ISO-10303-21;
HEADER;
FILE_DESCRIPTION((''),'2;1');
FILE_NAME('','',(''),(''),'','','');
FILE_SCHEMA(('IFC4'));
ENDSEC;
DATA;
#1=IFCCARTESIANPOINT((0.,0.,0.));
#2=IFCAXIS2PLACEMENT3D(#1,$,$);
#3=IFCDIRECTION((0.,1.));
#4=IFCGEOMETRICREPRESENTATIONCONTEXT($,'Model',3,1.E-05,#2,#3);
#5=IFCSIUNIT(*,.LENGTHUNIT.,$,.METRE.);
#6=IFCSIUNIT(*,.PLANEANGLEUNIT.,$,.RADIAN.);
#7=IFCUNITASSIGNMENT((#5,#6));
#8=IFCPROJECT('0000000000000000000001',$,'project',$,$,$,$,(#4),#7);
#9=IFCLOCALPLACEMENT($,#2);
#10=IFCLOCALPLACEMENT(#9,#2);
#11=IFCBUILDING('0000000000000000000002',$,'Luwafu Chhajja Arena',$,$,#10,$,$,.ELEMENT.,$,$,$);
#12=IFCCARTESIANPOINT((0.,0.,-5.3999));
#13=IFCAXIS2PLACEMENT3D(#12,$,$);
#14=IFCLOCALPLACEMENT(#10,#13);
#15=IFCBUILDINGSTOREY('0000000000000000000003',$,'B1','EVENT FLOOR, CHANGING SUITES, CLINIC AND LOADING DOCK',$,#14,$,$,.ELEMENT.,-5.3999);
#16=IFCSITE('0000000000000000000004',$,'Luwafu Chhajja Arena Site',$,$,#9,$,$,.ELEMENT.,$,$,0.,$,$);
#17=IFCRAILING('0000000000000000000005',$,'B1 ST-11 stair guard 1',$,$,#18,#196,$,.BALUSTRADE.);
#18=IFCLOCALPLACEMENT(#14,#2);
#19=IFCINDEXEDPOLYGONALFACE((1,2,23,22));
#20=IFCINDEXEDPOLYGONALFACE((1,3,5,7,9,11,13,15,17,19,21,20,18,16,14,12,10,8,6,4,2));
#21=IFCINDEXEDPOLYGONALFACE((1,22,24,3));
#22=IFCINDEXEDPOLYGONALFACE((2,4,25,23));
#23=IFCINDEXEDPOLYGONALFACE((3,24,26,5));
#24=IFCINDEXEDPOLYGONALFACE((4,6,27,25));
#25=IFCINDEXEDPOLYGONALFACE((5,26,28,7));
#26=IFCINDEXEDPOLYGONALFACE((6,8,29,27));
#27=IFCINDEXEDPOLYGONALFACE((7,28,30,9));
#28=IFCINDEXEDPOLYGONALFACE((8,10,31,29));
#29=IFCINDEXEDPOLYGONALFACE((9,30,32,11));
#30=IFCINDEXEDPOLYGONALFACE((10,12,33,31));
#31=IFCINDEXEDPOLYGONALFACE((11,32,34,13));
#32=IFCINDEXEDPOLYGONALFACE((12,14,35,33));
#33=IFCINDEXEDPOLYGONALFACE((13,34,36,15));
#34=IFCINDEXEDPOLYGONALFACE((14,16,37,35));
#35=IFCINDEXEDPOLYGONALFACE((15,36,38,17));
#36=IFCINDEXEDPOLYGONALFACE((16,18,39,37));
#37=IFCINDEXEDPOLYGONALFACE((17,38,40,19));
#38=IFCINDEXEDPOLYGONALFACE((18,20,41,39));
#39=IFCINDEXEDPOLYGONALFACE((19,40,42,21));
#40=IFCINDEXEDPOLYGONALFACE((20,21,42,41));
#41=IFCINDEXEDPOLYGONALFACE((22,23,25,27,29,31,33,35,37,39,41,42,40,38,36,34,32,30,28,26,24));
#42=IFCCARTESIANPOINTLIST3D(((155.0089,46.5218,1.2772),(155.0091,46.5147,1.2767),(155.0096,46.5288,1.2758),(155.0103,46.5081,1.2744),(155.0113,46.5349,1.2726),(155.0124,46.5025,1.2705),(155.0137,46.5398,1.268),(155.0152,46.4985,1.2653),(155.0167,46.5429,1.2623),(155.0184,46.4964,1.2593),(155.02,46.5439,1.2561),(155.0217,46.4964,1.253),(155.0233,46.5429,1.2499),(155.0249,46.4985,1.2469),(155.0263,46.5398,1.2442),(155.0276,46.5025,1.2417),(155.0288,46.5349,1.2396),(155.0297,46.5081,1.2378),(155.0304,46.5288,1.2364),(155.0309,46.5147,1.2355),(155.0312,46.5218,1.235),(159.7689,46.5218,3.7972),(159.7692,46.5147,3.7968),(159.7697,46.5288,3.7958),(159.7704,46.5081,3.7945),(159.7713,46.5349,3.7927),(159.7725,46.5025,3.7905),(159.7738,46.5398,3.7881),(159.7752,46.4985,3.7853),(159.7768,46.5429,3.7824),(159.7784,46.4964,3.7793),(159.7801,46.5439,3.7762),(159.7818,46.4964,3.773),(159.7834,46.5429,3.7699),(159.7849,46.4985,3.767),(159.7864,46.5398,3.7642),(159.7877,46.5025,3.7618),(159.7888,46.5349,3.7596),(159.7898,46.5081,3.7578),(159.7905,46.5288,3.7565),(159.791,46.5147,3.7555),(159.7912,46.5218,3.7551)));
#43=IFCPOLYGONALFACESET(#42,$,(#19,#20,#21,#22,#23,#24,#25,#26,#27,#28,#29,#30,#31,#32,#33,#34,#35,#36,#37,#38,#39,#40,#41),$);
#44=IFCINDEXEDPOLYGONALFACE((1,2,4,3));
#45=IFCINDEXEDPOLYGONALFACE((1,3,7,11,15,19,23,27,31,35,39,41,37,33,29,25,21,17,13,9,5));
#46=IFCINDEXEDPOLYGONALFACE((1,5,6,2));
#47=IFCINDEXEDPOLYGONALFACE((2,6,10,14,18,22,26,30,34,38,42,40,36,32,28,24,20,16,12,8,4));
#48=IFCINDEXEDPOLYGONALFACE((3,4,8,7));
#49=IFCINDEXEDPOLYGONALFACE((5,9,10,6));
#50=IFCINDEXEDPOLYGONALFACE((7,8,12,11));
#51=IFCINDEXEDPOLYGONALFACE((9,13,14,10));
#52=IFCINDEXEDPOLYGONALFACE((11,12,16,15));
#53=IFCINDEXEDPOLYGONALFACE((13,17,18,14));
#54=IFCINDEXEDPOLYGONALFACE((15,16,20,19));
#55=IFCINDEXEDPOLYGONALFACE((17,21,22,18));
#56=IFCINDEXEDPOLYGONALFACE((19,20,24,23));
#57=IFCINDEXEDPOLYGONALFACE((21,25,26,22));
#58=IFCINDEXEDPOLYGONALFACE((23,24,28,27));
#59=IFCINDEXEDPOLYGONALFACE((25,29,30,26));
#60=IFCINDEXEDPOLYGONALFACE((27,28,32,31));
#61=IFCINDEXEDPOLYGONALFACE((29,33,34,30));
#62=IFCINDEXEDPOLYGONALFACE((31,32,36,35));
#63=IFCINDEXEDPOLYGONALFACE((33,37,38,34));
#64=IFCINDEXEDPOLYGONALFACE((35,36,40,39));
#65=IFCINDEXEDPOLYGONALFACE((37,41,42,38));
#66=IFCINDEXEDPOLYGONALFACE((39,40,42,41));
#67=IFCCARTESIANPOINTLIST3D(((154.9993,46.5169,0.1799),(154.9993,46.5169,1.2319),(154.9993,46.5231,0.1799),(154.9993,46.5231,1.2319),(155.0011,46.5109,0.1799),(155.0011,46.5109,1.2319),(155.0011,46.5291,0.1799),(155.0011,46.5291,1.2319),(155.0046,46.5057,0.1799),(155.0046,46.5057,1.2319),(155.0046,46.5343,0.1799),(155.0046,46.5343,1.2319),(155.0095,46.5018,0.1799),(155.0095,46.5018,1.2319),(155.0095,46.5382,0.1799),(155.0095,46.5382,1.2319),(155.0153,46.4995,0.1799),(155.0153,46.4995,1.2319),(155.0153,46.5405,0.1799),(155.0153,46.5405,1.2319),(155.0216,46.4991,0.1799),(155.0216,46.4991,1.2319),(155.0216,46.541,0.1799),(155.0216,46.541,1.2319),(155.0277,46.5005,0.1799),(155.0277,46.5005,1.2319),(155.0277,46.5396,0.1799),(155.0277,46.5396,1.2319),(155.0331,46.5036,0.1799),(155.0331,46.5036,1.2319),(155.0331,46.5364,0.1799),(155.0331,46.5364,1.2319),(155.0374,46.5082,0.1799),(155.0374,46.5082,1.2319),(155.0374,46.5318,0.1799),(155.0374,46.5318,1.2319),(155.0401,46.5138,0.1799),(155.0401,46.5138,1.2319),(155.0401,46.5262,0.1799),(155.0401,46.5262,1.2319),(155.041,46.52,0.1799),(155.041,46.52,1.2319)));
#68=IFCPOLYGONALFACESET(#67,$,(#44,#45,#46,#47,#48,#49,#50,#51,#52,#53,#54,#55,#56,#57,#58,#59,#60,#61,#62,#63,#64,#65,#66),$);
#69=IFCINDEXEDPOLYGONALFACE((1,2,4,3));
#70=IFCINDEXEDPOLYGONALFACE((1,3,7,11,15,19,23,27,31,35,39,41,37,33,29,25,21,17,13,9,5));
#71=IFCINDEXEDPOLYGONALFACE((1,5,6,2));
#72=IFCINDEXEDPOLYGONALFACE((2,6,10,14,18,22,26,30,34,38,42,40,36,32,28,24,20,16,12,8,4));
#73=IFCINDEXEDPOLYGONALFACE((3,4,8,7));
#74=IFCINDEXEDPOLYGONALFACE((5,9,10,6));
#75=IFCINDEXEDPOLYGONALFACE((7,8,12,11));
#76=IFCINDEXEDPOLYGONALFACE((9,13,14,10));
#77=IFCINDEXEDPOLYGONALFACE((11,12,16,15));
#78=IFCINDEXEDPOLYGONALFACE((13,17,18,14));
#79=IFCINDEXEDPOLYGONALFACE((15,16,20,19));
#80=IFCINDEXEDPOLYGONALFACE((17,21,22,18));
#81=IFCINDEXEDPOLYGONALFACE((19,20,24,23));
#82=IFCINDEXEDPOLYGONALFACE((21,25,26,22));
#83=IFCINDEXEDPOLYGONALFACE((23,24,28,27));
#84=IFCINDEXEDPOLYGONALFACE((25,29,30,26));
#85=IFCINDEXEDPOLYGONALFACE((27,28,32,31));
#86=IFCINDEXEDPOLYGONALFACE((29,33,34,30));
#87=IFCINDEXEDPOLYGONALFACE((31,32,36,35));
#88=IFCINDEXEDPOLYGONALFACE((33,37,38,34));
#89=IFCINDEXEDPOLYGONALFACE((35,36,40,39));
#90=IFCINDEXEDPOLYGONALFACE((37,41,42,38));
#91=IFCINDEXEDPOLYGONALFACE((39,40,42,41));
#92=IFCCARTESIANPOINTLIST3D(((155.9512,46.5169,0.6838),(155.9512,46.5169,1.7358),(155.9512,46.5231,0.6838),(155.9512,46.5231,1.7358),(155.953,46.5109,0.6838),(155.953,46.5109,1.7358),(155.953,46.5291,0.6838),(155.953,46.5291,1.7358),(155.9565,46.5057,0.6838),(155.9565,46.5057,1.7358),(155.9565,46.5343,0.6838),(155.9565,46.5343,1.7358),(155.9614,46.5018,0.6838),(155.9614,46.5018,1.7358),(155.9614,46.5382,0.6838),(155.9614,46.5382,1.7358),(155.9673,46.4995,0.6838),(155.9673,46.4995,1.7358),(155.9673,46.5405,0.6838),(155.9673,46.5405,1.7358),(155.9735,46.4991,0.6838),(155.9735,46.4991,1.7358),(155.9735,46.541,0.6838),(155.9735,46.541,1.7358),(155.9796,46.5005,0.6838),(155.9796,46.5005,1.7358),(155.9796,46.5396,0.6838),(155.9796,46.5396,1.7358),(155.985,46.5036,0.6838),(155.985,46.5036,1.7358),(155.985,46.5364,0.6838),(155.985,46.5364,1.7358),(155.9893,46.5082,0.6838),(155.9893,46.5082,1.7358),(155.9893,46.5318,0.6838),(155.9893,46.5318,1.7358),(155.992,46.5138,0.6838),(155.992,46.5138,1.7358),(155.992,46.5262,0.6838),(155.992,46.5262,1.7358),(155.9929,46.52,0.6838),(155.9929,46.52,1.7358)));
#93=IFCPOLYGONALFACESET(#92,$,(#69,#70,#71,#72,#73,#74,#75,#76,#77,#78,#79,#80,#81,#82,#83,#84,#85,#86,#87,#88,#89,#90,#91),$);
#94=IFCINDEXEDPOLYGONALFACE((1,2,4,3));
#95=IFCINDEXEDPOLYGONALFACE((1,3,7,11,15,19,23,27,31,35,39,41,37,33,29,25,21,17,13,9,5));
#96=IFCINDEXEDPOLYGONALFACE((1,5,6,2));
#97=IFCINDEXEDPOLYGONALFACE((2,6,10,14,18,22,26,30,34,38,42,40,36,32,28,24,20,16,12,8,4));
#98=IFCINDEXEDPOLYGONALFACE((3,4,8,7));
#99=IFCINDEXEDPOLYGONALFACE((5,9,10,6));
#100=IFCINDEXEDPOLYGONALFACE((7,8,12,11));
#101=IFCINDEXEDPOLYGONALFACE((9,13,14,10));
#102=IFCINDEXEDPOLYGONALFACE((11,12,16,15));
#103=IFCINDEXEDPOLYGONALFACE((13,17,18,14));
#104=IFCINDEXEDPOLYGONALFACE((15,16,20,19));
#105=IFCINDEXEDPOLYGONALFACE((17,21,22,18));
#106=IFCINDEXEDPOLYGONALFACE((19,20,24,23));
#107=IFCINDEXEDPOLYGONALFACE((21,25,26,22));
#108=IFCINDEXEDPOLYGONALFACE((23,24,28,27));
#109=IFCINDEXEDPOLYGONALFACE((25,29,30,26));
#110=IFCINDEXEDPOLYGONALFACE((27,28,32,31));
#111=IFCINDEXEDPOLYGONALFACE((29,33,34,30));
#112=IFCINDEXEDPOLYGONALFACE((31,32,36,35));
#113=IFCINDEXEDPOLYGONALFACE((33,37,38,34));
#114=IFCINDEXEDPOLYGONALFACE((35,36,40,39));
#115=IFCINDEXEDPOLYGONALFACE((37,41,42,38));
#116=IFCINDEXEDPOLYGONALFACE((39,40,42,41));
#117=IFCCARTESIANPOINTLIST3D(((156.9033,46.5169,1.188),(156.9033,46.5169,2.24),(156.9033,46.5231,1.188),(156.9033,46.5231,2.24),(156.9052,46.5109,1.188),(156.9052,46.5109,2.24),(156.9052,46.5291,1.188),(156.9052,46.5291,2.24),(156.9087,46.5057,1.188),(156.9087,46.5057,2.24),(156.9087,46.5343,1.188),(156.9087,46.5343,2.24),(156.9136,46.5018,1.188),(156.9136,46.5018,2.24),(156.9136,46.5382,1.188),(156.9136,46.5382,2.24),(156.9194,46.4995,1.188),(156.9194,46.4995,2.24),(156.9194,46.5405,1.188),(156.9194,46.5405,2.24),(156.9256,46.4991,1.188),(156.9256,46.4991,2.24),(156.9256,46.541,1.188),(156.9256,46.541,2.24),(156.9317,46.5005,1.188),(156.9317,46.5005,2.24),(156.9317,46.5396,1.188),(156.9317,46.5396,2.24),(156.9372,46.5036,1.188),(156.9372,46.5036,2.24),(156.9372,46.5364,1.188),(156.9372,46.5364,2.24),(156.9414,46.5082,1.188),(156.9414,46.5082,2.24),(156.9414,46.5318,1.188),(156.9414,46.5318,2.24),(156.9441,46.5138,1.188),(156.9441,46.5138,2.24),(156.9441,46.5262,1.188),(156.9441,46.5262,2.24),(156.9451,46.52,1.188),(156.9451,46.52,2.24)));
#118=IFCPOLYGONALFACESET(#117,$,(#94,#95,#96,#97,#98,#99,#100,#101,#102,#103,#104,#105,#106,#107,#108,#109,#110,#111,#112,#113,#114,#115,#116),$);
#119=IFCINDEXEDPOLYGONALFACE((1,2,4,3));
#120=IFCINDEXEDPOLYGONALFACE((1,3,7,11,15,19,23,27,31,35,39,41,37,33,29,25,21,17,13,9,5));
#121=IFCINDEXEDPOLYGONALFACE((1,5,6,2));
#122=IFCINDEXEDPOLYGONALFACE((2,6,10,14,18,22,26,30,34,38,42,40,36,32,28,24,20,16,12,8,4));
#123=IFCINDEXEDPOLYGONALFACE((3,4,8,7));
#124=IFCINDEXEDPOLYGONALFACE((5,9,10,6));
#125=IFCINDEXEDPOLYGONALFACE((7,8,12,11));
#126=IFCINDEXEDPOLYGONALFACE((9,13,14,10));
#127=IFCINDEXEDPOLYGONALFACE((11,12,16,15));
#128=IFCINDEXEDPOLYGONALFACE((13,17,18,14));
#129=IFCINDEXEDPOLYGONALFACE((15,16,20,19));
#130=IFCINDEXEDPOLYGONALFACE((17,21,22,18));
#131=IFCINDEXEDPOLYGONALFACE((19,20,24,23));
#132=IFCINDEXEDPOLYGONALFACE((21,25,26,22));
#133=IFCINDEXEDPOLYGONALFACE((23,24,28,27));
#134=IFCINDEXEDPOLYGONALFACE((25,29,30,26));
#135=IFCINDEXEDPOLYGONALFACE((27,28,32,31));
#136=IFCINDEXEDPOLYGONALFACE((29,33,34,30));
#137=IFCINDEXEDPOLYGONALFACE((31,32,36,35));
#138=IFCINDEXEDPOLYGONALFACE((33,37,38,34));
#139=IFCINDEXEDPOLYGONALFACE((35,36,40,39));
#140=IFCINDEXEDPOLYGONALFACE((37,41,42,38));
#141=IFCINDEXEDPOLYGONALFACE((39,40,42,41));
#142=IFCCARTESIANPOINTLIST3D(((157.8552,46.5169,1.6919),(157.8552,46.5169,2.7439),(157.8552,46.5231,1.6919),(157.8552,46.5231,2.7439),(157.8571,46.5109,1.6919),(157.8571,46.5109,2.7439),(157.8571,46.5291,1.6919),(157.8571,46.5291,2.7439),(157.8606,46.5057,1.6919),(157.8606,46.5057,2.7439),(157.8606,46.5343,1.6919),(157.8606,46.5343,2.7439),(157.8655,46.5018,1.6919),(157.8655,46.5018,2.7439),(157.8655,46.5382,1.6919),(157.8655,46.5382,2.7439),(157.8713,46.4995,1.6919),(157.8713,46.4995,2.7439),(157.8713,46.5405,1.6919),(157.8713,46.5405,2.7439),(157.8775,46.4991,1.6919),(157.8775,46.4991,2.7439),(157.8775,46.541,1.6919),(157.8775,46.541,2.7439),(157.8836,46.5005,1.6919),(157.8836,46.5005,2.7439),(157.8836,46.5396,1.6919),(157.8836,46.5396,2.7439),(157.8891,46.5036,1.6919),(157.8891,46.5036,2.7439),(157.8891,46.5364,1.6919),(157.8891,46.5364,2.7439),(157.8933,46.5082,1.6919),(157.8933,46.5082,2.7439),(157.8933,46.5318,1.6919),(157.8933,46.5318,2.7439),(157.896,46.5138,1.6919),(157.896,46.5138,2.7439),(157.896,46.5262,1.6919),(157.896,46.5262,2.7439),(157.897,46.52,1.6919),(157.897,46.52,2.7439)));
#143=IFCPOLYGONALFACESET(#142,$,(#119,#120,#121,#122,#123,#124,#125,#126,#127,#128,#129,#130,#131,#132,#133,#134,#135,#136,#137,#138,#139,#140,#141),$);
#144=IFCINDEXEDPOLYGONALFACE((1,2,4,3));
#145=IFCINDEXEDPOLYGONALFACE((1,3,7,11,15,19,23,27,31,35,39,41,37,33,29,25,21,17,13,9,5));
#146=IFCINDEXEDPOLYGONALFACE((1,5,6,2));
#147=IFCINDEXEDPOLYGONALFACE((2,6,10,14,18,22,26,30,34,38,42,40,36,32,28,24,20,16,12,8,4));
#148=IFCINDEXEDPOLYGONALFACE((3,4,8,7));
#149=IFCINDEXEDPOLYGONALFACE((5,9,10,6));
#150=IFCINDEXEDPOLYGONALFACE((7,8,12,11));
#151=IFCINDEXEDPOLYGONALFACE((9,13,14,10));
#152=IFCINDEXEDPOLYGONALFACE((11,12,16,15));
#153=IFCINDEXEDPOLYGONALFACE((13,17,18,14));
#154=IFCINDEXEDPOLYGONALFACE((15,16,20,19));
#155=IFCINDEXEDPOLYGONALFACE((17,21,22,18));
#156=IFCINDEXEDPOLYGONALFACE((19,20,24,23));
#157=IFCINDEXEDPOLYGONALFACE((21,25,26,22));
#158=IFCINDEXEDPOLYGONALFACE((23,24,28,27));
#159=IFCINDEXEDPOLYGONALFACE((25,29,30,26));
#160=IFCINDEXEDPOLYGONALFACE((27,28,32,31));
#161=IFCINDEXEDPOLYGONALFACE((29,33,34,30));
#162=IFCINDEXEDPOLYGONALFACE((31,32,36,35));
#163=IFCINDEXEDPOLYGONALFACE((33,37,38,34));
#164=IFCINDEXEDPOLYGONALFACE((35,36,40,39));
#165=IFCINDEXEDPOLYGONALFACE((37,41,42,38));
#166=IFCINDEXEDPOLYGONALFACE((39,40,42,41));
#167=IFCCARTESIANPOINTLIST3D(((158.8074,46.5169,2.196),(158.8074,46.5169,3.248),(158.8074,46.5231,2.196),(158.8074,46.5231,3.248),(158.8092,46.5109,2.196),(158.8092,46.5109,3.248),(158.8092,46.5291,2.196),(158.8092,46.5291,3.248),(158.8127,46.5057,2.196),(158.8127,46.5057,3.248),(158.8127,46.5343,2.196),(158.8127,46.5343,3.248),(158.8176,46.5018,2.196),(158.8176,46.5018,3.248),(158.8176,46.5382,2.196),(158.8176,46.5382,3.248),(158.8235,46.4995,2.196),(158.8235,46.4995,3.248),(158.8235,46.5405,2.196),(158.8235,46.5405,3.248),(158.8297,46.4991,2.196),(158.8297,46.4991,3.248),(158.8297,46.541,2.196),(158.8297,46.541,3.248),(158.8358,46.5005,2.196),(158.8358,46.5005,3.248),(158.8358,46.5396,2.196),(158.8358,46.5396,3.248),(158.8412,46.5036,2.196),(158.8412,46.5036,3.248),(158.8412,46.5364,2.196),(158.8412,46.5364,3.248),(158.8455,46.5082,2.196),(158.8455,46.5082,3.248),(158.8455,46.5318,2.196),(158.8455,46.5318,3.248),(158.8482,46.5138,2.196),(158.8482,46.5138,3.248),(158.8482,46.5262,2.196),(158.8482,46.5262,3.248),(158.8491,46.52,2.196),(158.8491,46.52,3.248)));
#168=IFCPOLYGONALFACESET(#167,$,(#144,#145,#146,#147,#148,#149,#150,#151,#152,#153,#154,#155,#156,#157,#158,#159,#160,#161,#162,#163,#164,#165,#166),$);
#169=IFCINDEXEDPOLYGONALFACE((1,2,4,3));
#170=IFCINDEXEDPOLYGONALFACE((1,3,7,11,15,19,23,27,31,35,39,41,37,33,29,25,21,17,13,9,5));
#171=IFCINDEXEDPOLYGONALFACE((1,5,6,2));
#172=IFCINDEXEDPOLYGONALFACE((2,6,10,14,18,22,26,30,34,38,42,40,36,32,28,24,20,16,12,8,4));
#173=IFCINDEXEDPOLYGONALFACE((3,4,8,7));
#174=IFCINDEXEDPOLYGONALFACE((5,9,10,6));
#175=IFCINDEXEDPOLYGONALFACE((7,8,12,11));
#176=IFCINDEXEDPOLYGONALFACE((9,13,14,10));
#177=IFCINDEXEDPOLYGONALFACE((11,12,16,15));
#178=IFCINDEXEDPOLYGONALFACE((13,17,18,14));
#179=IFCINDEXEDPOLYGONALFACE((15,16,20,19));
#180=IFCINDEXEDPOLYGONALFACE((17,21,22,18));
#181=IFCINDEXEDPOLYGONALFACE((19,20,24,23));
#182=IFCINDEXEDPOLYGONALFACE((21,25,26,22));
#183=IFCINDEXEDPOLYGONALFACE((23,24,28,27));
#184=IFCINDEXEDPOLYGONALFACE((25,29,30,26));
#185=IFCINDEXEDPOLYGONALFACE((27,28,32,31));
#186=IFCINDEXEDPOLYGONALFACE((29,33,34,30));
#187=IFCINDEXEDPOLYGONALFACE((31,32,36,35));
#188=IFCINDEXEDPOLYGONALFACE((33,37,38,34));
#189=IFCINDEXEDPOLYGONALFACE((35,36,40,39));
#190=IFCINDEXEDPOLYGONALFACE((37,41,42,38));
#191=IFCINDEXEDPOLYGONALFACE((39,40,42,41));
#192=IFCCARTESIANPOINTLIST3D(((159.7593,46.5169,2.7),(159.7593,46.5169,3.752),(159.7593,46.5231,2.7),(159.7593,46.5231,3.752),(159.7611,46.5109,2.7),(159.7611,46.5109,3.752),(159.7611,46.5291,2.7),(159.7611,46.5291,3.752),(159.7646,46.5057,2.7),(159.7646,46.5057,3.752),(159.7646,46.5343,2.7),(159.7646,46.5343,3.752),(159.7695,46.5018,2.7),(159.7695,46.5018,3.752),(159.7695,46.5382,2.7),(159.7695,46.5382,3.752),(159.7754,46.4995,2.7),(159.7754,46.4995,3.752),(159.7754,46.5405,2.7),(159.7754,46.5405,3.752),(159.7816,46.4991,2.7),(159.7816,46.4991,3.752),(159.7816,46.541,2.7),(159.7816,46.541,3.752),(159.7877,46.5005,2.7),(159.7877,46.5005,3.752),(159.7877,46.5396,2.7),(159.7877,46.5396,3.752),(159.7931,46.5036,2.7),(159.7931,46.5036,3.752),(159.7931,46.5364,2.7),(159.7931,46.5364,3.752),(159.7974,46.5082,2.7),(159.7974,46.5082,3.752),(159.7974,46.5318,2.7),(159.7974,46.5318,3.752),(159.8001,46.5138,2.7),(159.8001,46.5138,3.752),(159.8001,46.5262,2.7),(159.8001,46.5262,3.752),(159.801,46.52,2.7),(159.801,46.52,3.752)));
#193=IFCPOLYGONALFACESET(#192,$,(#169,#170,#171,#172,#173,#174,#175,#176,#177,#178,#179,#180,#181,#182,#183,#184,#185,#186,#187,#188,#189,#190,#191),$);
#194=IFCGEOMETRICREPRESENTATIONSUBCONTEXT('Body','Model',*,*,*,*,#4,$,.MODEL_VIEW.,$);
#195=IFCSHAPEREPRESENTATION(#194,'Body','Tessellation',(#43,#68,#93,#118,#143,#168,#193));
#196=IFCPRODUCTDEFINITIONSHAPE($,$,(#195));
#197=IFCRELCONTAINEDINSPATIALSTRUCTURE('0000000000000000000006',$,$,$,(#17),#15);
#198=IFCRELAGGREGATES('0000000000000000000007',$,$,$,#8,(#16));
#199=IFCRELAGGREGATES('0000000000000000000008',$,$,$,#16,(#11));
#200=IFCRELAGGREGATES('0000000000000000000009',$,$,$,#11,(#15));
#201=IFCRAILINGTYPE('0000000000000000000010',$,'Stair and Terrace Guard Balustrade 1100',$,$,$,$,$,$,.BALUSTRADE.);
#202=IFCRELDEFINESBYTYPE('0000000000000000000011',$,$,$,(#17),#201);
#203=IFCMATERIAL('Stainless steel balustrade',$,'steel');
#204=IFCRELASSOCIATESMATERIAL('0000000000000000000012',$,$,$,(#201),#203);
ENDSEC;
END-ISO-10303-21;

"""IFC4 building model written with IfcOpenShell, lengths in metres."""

from ifc_helpers import new_model, si_unit, direction, frame, origin, origin_2d, place, context, subcontext, project, spatial, circle, extrude, material, type_object, element, save


model = new_model("IFC4")

# Units and contexts
model_context = context("Model", 3, precision=1e-05, world=origin(), true_north=direction((0.0, 1.0)))
body_context = subcontext(model_context, "Body", "Model", "MODEL_VIEW")
ifc_project = project(units=[si_unit("LENGTHUNIT", "METRE"), si_unit("PLANEANGLEUNIT", "RADIAN")], contexts=[model_context])

# Site, building, storey
site_placement = place(None, origin())
site = spatial("IfcSite", under=ifc_project, at=site_placement, Name="Luwafu Chhajja Arena Site", CompositionType="ELEMENT", RefElevation=0.0)
building_placement = place(site_placement, origin())
building = spatial("IfcBuilding", under=site, at=building_placement, Name="Luwafu Chhajja Arena", CompositionType="ELEMENT")
storey_placement = place(building_placement, frame((0.0, 0.0, -5.3999)))
storey = spatial("IfcBuildingStorey", under=building, at=storey_placement, Name="B1", Description="EVENT FLOOR, CHANGING SUITES, CLINIC AND LOADING DOCK", CompositionType="ELEMENT", Elevation=-5.3999)

# Railing
ifc_material_1 = material(Name="Stainless steel balustrade", Category="steel")
railing_type_1 = type_object("IfcRailingType", Name="Stair and Terrace Guard Balustrade 1100", PredefinedType="BALUSTRADE", material=ifc_material_1)
railing_1_placement = place(storey_placement, frame((155.02, 46.52, 0.1799)))
element("IfcRailing", 1, at=railing_1_placement, inside=storey, type_object=railing_type_1, Name="B1 ST-11 stair guard 1", PredefinedType="BALUSTRADE", context=body_context, shape_type="SweptSolid", body=[
    extrude(circle(Radius=0.0239, at=origin_2d()), frame((0.0, 0.0, 1.0762), z_axis=(0.883787, 0.0, 0.46789), x_axis=(0.0, 1.0, 0.0)), (0.0, 0.0, 1.0), 5.386),
    extrude(circle(Radius=0.021, at=origin_2d()), origin(), (0.0, 0.0, 1.0), 1.052),
    extrude(circle(Radius=0.021, at=origin_2d()), frame((0.9519, 0.0, 0.5039)), (0.0, 0.0, 1.0), 1.052),
    extrude(circle(Radius=0.021, at=origin_2d()), frame((1.9041, 0.0, 1.0081)), (0.0, 0.0, 1.0), 1.052),
    extrude(circle(Radius=0.021, at=origin_2d()), frame((2.856, 0.0, 1.512)), (0.0, 0.0, 1.0), 1.052),
    extrude(circle(Radius=0.021, at=origin_2d()), frame((3.8081, 0.0, 2.0161)), (0.0, 0.0, 1.0), 1.052),
    extrude(circle(Radius=0.021, at=origin_2d()), frame((4.76, 0.0, 2.52)), (0.0, 0.0, 1.0), 1.052),
])

save(model, "model.ifc")
